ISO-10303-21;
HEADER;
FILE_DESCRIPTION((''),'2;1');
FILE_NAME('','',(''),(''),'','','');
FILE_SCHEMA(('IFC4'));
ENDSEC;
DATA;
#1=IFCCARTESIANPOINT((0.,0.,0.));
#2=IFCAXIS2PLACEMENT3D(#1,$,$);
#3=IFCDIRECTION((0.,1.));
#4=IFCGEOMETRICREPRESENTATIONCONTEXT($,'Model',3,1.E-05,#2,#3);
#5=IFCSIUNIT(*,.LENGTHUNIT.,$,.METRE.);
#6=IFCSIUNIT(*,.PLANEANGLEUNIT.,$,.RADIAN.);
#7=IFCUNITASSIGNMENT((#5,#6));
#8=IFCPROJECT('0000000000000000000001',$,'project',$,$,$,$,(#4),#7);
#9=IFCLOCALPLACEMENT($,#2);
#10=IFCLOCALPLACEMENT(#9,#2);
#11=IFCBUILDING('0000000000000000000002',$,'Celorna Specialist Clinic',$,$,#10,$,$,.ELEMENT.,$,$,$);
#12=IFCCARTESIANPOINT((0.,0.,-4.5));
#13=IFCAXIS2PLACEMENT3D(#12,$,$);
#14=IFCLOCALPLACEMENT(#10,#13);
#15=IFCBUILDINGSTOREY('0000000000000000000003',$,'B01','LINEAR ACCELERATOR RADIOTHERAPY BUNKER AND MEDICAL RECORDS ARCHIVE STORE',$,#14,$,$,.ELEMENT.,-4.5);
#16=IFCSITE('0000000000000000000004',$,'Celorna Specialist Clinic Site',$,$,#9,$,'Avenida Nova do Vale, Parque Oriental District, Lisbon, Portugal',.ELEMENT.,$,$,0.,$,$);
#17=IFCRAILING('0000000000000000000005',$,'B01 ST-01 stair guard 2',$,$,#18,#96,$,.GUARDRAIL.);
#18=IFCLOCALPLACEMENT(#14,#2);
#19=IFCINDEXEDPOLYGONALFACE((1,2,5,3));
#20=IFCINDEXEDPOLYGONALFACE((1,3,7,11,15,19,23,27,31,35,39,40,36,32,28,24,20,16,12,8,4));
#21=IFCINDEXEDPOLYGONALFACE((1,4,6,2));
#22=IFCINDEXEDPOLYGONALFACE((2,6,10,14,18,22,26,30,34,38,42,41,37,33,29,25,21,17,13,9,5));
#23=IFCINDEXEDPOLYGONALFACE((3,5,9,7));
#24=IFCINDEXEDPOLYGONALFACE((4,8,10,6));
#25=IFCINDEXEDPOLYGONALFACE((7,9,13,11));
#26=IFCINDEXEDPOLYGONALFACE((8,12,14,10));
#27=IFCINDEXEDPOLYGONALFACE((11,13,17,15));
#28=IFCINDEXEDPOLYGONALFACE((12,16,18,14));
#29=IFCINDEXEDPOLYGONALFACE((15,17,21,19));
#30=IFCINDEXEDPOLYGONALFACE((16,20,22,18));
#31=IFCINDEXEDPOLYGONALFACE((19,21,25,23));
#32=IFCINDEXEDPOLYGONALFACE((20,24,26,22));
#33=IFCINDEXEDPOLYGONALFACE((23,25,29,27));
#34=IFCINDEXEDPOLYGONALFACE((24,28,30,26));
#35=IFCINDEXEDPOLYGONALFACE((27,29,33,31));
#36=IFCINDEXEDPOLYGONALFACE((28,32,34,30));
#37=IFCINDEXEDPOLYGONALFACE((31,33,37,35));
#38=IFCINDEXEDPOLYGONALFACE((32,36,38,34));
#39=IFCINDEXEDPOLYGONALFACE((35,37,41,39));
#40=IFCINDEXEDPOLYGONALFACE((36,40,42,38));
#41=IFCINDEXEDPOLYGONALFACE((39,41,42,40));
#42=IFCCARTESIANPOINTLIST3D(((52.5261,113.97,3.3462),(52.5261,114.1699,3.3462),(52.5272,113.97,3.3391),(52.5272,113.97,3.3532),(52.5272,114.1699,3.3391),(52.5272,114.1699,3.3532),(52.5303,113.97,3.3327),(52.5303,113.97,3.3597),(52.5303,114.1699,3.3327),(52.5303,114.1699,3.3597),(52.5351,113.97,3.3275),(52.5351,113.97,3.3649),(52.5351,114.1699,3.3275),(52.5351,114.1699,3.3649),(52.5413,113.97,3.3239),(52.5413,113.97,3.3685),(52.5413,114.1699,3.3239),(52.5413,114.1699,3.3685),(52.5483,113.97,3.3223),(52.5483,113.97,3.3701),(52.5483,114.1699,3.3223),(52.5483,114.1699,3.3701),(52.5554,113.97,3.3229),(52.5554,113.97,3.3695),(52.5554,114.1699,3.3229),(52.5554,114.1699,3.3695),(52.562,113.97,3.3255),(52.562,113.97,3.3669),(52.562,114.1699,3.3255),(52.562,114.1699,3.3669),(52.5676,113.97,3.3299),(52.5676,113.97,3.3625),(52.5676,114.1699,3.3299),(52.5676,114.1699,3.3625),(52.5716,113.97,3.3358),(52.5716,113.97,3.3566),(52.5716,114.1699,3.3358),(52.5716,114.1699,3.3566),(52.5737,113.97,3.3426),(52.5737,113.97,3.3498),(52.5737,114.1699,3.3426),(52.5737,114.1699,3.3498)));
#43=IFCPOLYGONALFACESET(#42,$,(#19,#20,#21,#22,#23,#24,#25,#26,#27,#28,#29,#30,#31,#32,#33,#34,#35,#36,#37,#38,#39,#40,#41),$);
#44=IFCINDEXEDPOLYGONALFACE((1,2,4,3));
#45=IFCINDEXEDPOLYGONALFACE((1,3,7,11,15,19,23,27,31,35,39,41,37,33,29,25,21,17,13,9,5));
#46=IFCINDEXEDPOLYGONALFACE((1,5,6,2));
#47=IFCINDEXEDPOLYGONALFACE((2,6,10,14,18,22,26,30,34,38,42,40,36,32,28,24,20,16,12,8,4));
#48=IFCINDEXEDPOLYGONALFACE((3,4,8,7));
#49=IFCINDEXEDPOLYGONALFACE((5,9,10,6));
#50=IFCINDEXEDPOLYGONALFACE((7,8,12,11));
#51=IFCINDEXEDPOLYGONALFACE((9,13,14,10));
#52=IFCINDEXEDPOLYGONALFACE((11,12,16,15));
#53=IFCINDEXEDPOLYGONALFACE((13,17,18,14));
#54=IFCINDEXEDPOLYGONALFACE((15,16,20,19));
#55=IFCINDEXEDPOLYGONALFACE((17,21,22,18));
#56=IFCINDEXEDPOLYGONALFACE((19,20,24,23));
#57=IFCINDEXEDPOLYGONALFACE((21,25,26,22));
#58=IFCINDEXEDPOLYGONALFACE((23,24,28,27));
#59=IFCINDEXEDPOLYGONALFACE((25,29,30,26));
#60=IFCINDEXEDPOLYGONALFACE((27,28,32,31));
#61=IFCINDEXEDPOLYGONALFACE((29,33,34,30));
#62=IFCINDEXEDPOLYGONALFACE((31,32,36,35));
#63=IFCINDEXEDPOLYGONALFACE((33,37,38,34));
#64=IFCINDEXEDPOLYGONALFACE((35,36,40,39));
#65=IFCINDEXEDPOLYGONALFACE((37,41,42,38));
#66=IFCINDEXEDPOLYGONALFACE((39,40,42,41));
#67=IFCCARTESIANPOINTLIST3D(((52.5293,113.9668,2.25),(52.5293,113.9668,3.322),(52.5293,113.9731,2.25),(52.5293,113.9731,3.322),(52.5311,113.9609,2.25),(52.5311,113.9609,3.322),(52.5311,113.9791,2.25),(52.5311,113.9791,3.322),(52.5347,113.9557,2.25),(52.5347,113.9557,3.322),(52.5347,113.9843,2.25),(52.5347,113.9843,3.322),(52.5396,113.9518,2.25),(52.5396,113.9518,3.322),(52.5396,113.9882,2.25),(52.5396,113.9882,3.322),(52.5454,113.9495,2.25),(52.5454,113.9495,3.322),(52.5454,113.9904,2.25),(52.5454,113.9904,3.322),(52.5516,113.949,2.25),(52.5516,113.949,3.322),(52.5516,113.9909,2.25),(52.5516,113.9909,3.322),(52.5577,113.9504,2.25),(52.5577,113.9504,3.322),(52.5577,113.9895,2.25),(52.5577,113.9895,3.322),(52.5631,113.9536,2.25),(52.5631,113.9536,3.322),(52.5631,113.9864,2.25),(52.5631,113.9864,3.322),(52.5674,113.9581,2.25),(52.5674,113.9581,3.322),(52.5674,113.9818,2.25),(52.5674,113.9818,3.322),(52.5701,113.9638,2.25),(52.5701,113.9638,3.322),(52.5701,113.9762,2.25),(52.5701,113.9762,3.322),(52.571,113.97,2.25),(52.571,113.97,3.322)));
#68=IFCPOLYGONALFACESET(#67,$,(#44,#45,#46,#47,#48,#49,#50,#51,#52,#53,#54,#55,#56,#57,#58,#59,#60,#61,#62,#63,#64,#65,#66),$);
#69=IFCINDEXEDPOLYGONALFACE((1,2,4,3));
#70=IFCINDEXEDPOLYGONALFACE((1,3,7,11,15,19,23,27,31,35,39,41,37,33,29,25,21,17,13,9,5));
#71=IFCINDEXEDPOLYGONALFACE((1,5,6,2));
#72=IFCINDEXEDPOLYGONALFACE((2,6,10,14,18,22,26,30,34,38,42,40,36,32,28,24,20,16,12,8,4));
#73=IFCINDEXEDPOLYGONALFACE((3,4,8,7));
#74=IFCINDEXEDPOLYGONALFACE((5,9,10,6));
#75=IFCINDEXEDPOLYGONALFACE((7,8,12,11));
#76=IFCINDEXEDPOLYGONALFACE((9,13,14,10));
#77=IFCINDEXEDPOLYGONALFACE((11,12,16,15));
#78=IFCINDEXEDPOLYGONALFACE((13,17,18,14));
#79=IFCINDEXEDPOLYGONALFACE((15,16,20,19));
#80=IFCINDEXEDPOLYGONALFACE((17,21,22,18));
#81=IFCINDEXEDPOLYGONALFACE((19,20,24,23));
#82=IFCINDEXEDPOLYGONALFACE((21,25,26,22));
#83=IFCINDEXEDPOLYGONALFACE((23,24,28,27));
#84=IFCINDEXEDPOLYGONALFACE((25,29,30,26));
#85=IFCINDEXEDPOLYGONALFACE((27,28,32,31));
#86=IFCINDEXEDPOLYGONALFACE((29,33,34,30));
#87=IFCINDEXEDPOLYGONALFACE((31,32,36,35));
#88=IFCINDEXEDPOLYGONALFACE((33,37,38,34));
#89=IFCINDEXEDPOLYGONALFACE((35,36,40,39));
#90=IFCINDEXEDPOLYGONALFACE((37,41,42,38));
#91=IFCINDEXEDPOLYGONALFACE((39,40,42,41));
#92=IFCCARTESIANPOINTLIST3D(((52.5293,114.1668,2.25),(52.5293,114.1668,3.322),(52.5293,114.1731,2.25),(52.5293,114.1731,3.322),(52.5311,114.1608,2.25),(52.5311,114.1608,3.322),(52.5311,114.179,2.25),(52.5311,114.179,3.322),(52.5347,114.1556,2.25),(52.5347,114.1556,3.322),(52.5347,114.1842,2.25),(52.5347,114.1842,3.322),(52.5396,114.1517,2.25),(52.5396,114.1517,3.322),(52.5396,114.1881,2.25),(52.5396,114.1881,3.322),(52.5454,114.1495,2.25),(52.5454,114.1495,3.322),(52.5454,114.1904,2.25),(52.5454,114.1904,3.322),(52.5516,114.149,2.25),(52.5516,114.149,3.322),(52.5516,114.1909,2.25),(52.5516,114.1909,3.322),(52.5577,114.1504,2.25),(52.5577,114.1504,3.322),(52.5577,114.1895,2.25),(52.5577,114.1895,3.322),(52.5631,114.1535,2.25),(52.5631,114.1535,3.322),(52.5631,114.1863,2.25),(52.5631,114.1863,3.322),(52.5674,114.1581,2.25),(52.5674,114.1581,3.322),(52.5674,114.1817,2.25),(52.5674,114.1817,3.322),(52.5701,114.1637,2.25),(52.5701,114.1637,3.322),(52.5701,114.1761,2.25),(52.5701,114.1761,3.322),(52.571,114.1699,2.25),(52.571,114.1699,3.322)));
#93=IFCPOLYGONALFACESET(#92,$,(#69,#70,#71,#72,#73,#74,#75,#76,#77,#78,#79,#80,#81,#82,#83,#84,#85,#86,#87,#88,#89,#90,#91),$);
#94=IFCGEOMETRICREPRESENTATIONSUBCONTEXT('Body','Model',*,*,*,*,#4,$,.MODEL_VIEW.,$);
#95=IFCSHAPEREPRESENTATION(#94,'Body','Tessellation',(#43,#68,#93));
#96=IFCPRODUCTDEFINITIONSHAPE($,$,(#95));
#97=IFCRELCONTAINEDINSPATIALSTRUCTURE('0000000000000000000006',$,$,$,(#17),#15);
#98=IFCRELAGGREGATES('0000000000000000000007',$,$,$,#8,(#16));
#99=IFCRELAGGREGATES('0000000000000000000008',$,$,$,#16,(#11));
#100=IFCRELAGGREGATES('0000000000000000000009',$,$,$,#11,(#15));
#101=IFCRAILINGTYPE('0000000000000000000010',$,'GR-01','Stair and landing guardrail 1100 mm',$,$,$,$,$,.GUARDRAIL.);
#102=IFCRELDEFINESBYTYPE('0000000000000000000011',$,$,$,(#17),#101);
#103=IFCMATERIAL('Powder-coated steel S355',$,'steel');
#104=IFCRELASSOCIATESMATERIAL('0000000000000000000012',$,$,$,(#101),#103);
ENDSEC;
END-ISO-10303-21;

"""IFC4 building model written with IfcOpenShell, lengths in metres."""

from ifc_helpers import new_model, si_unit, direction, frame, origin, origin_2d, place, context, subcontext, project, spatial, circle, extrude, material, type_object, element, save


model = new_model("IFC4")

# Units and contexts
model_context = context("Model", 3, precision=1e-05, world=origin(), true_north=direction((0.0, 1.0)))
body_context = subcontext(model_context, "Body", "Model", "MODEL_VIEW")
ifc_project = project(units=[si_unit("LENGTHUNIT", "METRE"), si_unit("PLANEANGLEUNIT", "RADIAN")], contexts=[model_context])

# Site, building, storey
site_placement = place(None, origin())
site = spatial("IfcSite", under=ifc_project, at=site_placement, Name="Celorna Specialist Clinic Site", LongName="Avenida Nova do Vale, Parque Oriental District, Lisbon, Portugal", CompositionType="ELEMENT", RefElevation=0.0)
building_placement = place(site_placement, origin())
building = spatial("IfcBuilding", under=site, at=building_placement, Name="Celorna Specialist Clinic", CompositionType="ELEMENT")
storey_placement = place(building_placement, frame((0.0, 0.0, -4.5)))
storey = spatial("IfcBuildingStorey", under=building, at=storey_placement, Name="B01", Description="LINEAR ACCELERATOR RADIOTHERAPY BUNKER AND MEDICAL RECORDS ARCHIVE STORE", CompositionType="ELEMENT", Elevation=-4.5)

# Railing
ifc_material_1 = material(Name="Powder-coated steel S355", Category="steel")
railing_type_1 = type_object("IfcRailingType", Name="GR-01", Description="Stair and landing guardrail 1100 mm", PredefinedType="GUARDRAIL", material=ifc_material_1)
railing_1_placement = place(storey_placement, frame((52.55, 113.97, 2.25)))
element("IfcRailing", 1, at=railing_1_placement, inside=storey, type_object=railing_type_1, Name="B01 ST-01 stair guard 2", PredefinedType="GUARDRAIL", context=body_context, shape_type="SweptSolid", body=[
    extrude(circle(Radius=0.0239, at=origin_2d()), frame((0.0, 0.0, 1.0962), z_axis=(0.0, 1.0, 0.0), x_axis=(-1.0, 0.0, 0.0)), (0.0, 0.0, 1.0), 0.2),
    extrude(circle(Radius=0.021, at=origin_2d()), origin(), (0.0, 0.0, 1.0), 1.072),
    extrude(circle(Radius=0.021, at=origin_2d()), frame((0.0, 0.2, 0.0)), (0.0, 0.0, 1.0), 1.072),
])

save(model, "model.ifc")
